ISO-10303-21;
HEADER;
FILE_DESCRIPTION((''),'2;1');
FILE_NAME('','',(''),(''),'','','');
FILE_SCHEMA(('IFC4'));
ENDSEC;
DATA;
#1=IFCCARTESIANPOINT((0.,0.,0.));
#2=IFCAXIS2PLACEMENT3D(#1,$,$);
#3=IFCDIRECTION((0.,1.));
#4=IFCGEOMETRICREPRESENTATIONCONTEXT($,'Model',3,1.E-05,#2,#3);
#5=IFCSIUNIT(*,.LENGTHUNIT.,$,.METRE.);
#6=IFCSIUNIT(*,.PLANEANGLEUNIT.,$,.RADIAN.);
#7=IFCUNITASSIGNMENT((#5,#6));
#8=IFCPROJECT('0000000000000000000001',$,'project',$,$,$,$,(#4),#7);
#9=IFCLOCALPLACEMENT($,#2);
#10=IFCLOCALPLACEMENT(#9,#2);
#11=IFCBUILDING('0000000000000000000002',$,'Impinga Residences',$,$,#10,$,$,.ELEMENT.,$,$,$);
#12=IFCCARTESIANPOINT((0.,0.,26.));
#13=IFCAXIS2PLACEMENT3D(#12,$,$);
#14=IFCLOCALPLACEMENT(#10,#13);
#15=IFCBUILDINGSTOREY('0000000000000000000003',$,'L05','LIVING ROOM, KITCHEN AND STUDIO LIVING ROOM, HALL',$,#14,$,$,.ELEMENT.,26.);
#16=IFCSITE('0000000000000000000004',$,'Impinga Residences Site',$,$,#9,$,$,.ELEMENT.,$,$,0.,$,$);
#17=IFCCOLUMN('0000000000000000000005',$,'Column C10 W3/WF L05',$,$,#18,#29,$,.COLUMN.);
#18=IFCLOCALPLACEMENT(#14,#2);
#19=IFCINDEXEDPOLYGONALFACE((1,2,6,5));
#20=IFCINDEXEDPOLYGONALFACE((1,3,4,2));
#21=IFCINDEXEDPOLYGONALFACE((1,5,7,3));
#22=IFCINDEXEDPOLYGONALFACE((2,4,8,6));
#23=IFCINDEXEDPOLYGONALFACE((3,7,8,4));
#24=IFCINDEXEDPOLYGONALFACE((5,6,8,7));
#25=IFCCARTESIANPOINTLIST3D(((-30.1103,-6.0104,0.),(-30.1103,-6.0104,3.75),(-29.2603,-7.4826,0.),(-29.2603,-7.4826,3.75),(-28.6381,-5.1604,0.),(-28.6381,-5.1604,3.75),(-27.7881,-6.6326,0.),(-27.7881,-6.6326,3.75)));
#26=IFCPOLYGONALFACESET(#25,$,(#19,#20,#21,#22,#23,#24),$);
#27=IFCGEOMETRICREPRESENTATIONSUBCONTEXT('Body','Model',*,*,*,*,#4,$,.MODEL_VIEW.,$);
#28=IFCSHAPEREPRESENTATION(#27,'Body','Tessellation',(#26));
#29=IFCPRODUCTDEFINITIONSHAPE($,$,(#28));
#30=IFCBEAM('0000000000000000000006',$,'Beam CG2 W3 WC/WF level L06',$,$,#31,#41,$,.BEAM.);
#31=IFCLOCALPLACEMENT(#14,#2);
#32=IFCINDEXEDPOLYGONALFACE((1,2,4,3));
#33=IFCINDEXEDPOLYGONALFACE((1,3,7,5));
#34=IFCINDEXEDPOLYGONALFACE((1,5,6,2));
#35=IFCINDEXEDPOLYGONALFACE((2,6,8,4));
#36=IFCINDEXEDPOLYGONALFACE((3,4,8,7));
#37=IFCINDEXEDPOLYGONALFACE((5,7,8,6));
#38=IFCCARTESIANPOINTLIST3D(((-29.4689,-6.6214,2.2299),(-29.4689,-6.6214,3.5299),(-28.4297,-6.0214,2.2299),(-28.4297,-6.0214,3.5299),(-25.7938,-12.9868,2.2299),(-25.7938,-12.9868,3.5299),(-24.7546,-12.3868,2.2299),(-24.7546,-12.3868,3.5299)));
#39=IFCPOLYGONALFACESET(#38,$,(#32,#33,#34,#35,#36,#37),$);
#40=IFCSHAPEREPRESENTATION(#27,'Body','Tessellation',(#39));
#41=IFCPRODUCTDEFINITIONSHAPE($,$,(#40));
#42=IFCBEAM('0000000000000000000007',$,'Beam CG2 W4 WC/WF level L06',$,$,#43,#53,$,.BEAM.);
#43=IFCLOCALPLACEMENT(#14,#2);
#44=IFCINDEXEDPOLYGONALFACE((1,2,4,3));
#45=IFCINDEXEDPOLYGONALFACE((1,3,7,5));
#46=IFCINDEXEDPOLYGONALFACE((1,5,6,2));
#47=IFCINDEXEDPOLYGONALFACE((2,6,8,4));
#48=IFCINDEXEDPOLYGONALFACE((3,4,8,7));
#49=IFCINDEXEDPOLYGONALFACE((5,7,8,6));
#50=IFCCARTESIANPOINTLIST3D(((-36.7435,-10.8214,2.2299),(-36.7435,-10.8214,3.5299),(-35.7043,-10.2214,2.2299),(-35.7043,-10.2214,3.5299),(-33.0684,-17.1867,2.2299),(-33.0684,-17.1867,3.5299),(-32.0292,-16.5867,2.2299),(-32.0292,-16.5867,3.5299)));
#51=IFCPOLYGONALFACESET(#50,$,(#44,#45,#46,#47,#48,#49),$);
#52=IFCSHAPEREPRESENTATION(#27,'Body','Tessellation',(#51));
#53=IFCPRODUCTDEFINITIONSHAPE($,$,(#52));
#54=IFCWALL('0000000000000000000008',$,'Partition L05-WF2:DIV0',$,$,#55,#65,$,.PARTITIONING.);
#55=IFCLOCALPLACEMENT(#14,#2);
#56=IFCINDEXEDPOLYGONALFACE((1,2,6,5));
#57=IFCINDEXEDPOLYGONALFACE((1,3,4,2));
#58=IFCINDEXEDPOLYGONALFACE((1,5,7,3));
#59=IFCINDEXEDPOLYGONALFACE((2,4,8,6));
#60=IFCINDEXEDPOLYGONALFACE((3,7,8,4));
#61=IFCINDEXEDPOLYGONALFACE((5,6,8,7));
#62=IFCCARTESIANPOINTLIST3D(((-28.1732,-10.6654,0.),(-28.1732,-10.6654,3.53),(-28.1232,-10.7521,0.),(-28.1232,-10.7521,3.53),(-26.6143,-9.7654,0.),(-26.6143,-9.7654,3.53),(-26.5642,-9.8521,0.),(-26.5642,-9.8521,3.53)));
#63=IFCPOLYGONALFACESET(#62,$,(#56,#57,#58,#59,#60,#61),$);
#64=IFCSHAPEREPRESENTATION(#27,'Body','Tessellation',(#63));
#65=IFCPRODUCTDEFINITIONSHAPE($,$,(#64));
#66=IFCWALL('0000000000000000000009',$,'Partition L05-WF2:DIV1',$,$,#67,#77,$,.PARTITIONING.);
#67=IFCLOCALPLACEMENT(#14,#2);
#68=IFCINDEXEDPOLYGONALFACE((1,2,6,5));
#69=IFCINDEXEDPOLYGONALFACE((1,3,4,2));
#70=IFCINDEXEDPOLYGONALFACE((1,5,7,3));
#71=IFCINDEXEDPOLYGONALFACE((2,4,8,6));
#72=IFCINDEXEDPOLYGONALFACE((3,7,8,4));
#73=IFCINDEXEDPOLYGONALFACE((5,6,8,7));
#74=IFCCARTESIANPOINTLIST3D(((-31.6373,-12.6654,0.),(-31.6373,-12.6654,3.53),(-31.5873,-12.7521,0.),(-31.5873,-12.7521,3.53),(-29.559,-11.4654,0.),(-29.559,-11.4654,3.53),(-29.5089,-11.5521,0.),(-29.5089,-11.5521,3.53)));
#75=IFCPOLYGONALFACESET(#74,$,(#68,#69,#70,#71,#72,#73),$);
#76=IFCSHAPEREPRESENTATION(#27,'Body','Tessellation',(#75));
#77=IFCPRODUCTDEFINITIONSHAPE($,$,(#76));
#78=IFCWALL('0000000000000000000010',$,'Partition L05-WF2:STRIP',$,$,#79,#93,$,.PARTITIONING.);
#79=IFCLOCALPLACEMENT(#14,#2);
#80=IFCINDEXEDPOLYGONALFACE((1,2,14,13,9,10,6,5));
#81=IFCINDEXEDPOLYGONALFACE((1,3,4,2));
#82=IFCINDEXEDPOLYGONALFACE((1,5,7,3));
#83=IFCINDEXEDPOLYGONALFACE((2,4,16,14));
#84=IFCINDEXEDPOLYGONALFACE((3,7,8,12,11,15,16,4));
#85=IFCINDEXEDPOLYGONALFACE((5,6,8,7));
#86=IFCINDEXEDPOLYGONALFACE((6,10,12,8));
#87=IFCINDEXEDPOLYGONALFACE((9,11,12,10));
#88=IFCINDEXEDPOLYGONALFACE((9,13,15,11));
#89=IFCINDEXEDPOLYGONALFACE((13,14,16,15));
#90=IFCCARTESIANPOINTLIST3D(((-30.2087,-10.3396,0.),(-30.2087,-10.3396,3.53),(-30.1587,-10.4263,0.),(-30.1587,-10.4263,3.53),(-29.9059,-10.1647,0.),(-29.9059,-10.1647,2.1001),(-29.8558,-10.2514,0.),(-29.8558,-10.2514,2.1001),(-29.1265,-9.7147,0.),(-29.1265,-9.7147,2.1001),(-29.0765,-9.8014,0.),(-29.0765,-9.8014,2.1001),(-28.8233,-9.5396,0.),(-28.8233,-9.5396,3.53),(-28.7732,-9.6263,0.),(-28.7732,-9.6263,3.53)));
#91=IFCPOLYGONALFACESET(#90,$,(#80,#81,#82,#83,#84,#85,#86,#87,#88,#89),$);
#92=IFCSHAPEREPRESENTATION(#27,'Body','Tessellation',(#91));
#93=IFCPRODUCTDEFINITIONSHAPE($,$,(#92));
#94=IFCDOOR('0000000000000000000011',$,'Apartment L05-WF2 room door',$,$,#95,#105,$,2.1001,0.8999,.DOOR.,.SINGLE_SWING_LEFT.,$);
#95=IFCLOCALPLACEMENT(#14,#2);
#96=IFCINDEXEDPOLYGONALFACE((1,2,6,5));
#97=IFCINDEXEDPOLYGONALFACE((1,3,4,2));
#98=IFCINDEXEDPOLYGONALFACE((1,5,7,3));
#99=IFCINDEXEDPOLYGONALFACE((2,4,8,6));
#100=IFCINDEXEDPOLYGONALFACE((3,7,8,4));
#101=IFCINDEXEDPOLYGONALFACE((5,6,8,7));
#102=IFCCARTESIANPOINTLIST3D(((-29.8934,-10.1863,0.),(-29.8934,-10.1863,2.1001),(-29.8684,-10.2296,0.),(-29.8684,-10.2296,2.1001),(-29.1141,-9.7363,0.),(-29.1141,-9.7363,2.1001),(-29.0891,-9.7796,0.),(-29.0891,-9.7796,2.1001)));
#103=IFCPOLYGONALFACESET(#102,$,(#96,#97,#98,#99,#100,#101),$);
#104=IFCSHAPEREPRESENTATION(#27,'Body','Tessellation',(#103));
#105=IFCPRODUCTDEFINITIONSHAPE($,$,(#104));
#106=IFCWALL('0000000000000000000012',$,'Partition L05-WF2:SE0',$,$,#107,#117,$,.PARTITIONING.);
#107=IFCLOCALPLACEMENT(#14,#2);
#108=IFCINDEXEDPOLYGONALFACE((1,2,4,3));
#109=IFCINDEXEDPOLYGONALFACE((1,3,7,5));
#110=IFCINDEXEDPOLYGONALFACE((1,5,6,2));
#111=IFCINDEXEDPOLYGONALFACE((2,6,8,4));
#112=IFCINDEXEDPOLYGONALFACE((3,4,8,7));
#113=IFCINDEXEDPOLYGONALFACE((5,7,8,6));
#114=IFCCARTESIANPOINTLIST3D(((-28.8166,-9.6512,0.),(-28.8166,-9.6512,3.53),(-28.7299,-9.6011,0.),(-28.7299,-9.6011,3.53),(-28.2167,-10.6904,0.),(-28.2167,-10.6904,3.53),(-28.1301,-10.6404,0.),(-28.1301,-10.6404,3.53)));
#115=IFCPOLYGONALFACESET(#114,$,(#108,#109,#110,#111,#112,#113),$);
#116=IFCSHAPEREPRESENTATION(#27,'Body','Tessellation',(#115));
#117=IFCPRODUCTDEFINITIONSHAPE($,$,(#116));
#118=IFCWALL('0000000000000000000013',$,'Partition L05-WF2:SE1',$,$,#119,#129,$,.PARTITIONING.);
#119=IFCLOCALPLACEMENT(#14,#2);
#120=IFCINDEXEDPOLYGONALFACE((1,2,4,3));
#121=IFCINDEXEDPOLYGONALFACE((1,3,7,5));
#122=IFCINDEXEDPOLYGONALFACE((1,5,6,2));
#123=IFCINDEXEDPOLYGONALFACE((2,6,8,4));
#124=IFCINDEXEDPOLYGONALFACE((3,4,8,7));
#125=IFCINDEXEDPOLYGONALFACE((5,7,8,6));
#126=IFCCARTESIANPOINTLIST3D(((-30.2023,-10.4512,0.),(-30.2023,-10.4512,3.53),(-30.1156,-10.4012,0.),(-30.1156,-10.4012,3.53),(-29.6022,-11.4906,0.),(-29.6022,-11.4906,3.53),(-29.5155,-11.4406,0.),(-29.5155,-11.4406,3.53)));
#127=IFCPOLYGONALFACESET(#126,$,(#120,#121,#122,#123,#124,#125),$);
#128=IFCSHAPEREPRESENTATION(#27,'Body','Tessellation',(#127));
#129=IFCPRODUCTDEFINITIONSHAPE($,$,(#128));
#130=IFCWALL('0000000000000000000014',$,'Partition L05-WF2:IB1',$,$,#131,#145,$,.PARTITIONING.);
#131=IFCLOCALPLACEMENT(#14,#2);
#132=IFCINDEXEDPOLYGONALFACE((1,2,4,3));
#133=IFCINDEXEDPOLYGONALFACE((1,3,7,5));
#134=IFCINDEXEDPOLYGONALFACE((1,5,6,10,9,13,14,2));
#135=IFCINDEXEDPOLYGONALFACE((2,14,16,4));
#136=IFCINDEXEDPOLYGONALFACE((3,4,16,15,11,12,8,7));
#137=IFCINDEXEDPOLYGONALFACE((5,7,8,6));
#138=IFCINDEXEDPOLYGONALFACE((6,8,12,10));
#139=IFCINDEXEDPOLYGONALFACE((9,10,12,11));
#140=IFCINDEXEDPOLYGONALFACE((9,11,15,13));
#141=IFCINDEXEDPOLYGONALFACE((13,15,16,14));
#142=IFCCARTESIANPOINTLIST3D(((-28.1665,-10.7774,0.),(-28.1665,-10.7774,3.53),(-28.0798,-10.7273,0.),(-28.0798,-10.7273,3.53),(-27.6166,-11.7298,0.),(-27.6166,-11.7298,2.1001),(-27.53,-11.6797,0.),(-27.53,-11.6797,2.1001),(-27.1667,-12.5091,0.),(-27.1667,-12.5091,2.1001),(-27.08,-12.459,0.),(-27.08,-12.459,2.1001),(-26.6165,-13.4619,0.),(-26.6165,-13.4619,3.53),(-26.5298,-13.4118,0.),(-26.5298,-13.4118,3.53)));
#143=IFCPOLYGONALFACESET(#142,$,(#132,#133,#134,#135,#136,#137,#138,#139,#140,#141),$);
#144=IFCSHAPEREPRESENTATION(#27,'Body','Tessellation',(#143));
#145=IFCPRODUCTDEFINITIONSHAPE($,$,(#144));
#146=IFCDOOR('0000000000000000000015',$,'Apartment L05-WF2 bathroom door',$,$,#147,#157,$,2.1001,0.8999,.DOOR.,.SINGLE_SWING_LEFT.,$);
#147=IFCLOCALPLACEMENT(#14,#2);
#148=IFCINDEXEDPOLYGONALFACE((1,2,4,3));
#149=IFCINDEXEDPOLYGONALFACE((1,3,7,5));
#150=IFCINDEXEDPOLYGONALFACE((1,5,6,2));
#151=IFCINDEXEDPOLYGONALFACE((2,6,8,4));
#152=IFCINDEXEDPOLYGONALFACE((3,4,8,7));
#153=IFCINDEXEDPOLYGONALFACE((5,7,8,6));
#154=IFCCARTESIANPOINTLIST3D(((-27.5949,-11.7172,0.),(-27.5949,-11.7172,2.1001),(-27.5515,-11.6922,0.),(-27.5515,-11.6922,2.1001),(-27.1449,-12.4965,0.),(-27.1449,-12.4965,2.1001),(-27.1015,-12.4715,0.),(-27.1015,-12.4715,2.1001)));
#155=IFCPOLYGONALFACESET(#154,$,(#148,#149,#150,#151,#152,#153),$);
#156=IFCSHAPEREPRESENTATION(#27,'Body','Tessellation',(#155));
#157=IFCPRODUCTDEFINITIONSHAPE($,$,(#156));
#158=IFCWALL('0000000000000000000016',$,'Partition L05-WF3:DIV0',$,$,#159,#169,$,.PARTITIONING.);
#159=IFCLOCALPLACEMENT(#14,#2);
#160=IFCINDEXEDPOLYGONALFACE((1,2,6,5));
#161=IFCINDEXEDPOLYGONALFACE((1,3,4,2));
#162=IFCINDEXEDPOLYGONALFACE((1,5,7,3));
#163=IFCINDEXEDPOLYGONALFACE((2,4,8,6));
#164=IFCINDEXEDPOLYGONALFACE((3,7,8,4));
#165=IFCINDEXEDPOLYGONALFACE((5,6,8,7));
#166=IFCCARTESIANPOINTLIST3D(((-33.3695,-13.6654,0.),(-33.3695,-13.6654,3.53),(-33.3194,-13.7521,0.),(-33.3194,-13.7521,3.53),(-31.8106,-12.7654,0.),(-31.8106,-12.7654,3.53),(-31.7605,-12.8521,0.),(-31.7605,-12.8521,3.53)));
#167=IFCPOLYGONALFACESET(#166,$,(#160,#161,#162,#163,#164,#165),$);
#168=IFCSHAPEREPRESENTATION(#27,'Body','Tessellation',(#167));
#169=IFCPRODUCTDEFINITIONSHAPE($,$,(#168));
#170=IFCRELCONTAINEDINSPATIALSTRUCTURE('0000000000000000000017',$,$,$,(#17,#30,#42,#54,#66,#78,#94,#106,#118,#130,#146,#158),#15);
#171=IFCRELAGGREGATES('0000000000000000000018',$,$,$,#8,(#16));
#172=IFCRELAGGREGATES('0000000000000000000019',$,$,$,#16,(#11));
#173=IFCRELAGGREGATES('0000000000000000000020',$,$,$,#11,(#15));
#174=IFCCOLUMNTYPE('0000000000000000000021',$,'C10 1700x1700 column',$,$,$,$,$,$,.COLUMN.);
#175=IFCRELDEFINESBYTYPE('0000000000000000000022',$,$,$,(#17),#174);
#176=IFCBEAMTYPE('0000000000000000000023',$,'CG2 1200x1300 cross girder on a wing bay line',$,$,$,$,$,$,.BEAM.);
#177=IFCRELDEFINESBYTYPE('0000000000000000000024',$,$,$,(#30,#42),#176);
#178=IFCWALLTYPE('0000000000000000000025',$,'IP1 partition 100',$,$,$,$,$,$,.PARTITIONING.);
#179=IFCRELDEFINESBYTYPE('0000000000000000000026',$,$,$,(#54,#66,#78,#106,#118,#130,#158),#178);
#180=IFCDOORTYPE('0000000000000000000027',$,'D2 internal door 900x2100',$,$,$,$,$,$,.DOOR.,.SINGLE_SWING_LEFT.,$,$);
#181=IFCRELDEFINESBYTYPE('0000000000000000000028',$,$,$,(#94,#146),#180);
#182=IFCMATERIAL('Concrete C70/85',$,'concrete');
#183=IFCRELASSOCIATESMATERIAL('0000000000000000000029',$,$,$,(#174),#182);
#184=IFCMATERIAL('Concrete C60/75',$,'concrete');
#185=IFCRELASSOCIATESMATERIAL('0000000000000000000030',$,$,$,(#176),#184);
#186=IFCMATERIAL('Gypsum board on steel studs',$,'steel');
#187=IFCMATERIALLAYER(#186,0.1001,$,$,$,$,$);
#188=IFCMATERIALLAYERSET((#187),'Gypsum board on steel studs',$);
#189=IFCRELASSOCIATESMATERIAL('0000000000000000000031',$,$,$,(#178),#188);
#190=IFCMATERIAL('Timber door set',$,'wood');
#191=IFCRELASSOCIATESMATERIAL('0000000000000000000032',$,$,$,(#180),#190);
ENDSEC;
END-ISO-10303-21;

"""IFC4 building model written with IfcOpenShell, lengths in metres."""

from ifc_helpers import new_model, si_unit, direction, frame, frame_2d, origin, origin_2d, place, context, subcontext, project, spatial, rectangle, extrude, material, layer, layer_set, material_profile, profile_set, type_object, element, fill, save


model = new_model("IFC4")

# Units and contexts
model_context = context("Model", 3, precision=1e-05, world=origin(), true_north=direction((0.0, 1.0)))
body_context = subcontext(model_context, "Body", "Model", "MODEL_VIEW")
ifc_project = project(units=[si_unit("LENGTHUNIT", "METRE"), si_unit("PLANEANGLEUNIT", "RADIAN")], contexts=[model_context])

# Site, building, storey
site_placement = place(None, origin())
site = spatial("IfcSite", under=ifc_project, at=site_placement, Name="Impinga Residences Site", CompositionType="ELEMENT", RefElevation=0.0)
building_placement = place(site_placement, origin())
building = spatial("IfcBuilding", under=site, at=building_placement, Name="Impinga Residences", CompositionType="ELEMENT")
storey_placement = place(building_placement, frame((0.0, 0.0, 26.0)))
storey = spatial("IfcBuildingStorey", under=building, at=storey_placement, Name="L05", Description="LIVING ROOM, KITCHEN AND STUDIO LIVING ROOM, HALL", CompositionType="ELEMENT", Elevation=26.0)

# Column
ifc_material_1 = material(Name="Concrete C70/85", Category="concrete")
ifc_material_profile_1 = material_profile(ifc_material_1, rectangle(XDim=1.7, YDim=1.7, at=origin_2d()), Name="RC 1700x1700")
ifc_profile_set_1 = profile_set([ifc_material_profile_1], Name="Concrete C70/85")
column_type = type_object("IfcColumnType", Name="C10 1700x1700 column", PredefinedType="COLUMN", material=ifc_profile_set_1)
column_placement = place(storey_placement, frame((-28.9492, -6.3215, 0.0), z_axis=(0.0, 0.0, 1.0), x_axis=(-0.5, 0.866025, 0.0)))
element("IfcColumn", 1, at=column_placement, inside=storey, type_object=column_type, Name="Column C10 W3/WF L05", PredefinedType="COLUMN", context=body_context, shape_type="SweptSolid", body=[
    extrude(rectangle(XDim=1.7, YDim=1.7, at=origin_2d()), origin(), (0.0, 0.0, 1.0), 3.75),
])

# Beams
ifc_material_2 = material(Name="Concrete C60/75", Category="concrete")
ifc_material_profile_2 = material_profile(ifc_material_2, rectangle(XDim=1.2, YDim=1.3, at=origin_2d()), Name="RC 1200x1300")
ifc_profile_set_2 = profile_set([ifc_material_profile_2], Name="Concrete C60/75")
beam_type = type_object("IfcBeamType", Name="CG2 1200x1300 cross girder on a wing bay line", PredefinedType="BEAM", material=ifc_profile_set_2)
for number, where, z_axis, x_axis, name in (
    (2, (-25.2742, -12.6868, 2.8799), (-0.500008, 0.866021, 0.0), (-0.866021, -0.500008, 0.0), "Beam CG2 W3 WC/WF level L06"),
    (3, (-32.5488, -16.8867, 2.8799), (-0.500008, 0.866021, 0.0), (-0.866021, -0.500008, 0.0), "Beam CG2 W4 WC/WF level L06"),
):
    element("IfcBeam", number, at=place(storey_placement, frame(where, z_axis=z_axis, x_axis=x_axis)), inside=storey, type_object=beam_type, Name=name, PredefinedType="BEAM", context=body_context, shape_type="SweptSolid", body=[
        extrude(rectangle(XDim=1.2, YDim=1.3, at=origin_2d()), origin(), (0.0, 0.0, 1.0), 7.3501),
    ])

# Walls
ifc_material_3 = material(Name="Gypsum board on steel studs", Category="steel")
ifc_layer_1 = layer(ifc_material_3, 0.1001)
ifc_layer_set_1 = layer_set([ifc_layer_1], Name="Gypsum board on steel studs")
wall_type_1 = type_object("IfcWallType", Name="IP1 partition 100", PredefinedType="PARTITIONING", material=ifc_layer_set_1)
wall_1_placement = place(storey_placement, frame((-26.5894, -9.8088, 0.0), z_axis=(0.0, 0.0, 1.0), x_axis=(-0.866048, -0.499961, 0.0)))
element("IfcWall", 4, at=wall_1_placement, inside=storey, type_object=wall_type_1, Name="Partition L05-WF2:DIV0", PredefinedType="PARTITIONING", context=body_context, shape_type="SweptSolid", body=[
    extrude(rectangle(XDim=1.8, YDim=0.1001, at=frame_2d((0.8999, 0.0))), origin(), (0.0, 0.0, 1.0), 3.53),
])
wall_2_placement = place(storey_placement, frame((-29.5339, -11.5088, 0.0), z_axis=(0.0, 0.0, 1.0), x_axis=(-0.866025, -0.500001, 0.0)))
element("IfcWall", 5, at=wall_2_placement, inside=storey, type_object=wall_type_1, Name="Partition L05-WF2:DIV1", PredefinedType="PARTITIONING", context=body_context, shape_type="SweptSolid", body=[
    extrude(rectangle(XDim=2.3999, YDim=0.1001, at=frame_2d((1.2, 0.0))), origin(), (0.0, 0.0, 1.0), 3.53),
])

# Wall, opening, door
wall_3_placement = place(storey_placement, frame((-28.7983, -9.583, 0.0), z_axis=(0.0, 0.0, 1.0), x_axis=(-0.86599, -0.500061, 0.0)))
wall_3 = element("IfcWall", 6, at=wall_3_placement, inside=storey, type_object=wall_type_1, Name="Partition L05-WF2:STRIP", PredefinedType="PARTITIONING", context=body_context, shape_type="SweptSolid", body=[
    extrude(rectangle(XDim=1.5999, YDim=0.1001, at=frame_2d((0.7998, 0.0))), origin(), (0.0, 0.0, 1.0), 3.53),
])
opening_1_placement = place(wall_3_placement, frame((0.3501, 0.0, 0.0)))
opening_1 = element("IfcOpeningElement", 7, at=opening_1_placement, cuts=wall_3, PredefinedType="OPENING", context=body_context, shape_type="SweptSolid", body=[
    extrude(rectangle(XDim=0.8999, YDim=2.1001, at=frame_2d((0.45, 1.05))), frame((0.0, 0.0601, 0.0), z_axis=(0.0, -1.0, 0.0), x_axis=(1.0, 0.0, 0.0)), (0.0, 0.0, 1.0), 0.1201),
])
ifc_material_4 = material(Name="Timber door set", Category="wood")
door_type = type_object("IfcDoorType", Name="D2 internal door 900x2100", OperationType="SINGLE_SWING_LEFT", PredefinedType="DOOR", material=ifc_material_4)
door_1_placement = place(opening_1_placement, origin())
door_1 = element("IfcDoor", 8, at=door_1_placement, inside=storey, type_object=door_type, Name="Apartment L05-WF2 room door", OperationType="SINGLE_SWING_LEFT", OverallHeight=2.1001, OverallWidth=0.8999, PredefinedType="DOOR", context=body_context, shape_type="SweptSolid", body=[
    extrude(rectangle(XDim=0.8999, YDim=2.1001, at=frame_2d((0.45, 1.05))), frame((0.0, 0.0249, 0.0), z_axis=(0.0, -1.0, 0.0), x_axis=(1.0, 0.0, 0.0)), (0.0, 0.0, 1.0), 0.05),
])
fill(opening_1, door_1)

# Walls
wall_4_placement = place(storey_placement, frame((-28.1733, -10.6655, 0.0), z_axis=(0.0, 0.0, 1.0), x_axis=(-0.499881, 0.866094, 0.0)))
element("IfcWall", 9, at=wall_4_placement, inside=storey, type_object=wall_type_1, Name="Partition L05-WF2:SE0", PredefinedType="PARTITIONING", context=body_context, shape_type="SweptSolid", body=[
    extrude(rectangle(XDim=1.2, YDim=0.1001, at=frame_2d((0.6001, 0.0))), origin(), (0.0, 0.0, 1.0), 3.53),
])
wall_5_placement = place(storey_placement, frame((-29.5588, -11.4656, 0.0), z_axis=(0.0, 0.0, 1.0), x_axis=(-0.500034, 0.866006, 0.0)))
element("IfcWall", 10, at=wall_5_placement, inside=storey, type_object=wall_type_1, Name="Partition L05-WF2:SE1", PredefinedType="PARTITIONING", context=body_context, shape_type="SweptSolid", body=[
    extrude(rectangle(XDim=1.2002, YDim=0.1001, at=frame_2d((0.6001, 0.0))), origin(), (0.0, 0.0, 1.0), 3.53),
])

# Wall, opening, door
wall_6_placement = place(storey_placement, frame((-26.5732, -13.4368, 0.0), z_axis=(0.0, 0.0, 1.0), x_axis=(-0.500027, 0.86601, 0.0)))
wall_6 = element("IfcWall", 11, at=wall_6_placement, inside=storey, type_object=wall_type_1, Name="Partition L05-WF2:IB1", PredefinedType="PARTITIONING", context=body_context, shape_type="SweptSolid", body=[
    extrude(rectangle(XDim=3.0999, YDim=0.1001, at=frame_2d((1.5498, 0.0))), origin(), (0.0, 0.0, 1.0), 3.53),
])
opening_2_placement = place(wall_6_placement, frame((1.1001, 0.0, 0.0)))
opening_2 = element("IfcOpeningElement", 12, at=opening_2_placement, cuts=wall_6, PredefinedType="OPENING", context=body_context, shape_type="SweptSolid", body=[
    extrude(rectangle(XDim=0.8999, YDim=2.1001, at=frame_2d((0.45, 1.05))), frame((0.0, 0.0601, 0.0), z_axis=(0.0, -1.0, 0.0), x_axis=(1.0, 0.0, 0.0)), (0.0, 0.0, 1.0), 0.1201),
])
door_2_placement = place(opening_2_placement, origin())
door_2 = element("IfcDoor", 13, at=door_2_placement, inside=storey, type_object=door_type, Name="Apartment L05-WF2 bathroom door", OperationType="SINGLE_SWING_LEFT", OverallHeight=2.1001, OverallWidth=0.8999, PredefinedType="DOOR", context=body_context, shape_type="SweptSolid", body=[
    extrude(rectangle(XDim=0.8999, YDim=2.1001, at=frame_2d((0.45, 1.05))), frame((0.0, 0.0249, 0.0), z_axis=(0.0, -1.0, 0.0), x_axis=(1.0, 0.0, 0.0)), (0.0, 0.0, 1.0), 0.05),
])
fill(opening_2, door_2)

# Wall
wall_7_placement = place(storey_placement, frame((-31.7856, -12.8088, 0.0), z_axis=(0.0, 0.0, 1.0), x_axis=(-0.866048, -0.499961, 0.0)))
element("IfcWall", 14, at=wall_7_placement, inside=storey, type_object=wall_type_1, Name="Partition L05-WF3:DIV0", PredefinedType="PARTITIONING", context=body_context, shape_type="SweptSolid", body=[
    extrude(rectangle(XDim=1.8, YDim=0.1001, at=frame_2d((0.8999, 0.0))), origin(), (0.0, 0.0, 1.0), 3.53),
])

save(model, "model.ifc")
